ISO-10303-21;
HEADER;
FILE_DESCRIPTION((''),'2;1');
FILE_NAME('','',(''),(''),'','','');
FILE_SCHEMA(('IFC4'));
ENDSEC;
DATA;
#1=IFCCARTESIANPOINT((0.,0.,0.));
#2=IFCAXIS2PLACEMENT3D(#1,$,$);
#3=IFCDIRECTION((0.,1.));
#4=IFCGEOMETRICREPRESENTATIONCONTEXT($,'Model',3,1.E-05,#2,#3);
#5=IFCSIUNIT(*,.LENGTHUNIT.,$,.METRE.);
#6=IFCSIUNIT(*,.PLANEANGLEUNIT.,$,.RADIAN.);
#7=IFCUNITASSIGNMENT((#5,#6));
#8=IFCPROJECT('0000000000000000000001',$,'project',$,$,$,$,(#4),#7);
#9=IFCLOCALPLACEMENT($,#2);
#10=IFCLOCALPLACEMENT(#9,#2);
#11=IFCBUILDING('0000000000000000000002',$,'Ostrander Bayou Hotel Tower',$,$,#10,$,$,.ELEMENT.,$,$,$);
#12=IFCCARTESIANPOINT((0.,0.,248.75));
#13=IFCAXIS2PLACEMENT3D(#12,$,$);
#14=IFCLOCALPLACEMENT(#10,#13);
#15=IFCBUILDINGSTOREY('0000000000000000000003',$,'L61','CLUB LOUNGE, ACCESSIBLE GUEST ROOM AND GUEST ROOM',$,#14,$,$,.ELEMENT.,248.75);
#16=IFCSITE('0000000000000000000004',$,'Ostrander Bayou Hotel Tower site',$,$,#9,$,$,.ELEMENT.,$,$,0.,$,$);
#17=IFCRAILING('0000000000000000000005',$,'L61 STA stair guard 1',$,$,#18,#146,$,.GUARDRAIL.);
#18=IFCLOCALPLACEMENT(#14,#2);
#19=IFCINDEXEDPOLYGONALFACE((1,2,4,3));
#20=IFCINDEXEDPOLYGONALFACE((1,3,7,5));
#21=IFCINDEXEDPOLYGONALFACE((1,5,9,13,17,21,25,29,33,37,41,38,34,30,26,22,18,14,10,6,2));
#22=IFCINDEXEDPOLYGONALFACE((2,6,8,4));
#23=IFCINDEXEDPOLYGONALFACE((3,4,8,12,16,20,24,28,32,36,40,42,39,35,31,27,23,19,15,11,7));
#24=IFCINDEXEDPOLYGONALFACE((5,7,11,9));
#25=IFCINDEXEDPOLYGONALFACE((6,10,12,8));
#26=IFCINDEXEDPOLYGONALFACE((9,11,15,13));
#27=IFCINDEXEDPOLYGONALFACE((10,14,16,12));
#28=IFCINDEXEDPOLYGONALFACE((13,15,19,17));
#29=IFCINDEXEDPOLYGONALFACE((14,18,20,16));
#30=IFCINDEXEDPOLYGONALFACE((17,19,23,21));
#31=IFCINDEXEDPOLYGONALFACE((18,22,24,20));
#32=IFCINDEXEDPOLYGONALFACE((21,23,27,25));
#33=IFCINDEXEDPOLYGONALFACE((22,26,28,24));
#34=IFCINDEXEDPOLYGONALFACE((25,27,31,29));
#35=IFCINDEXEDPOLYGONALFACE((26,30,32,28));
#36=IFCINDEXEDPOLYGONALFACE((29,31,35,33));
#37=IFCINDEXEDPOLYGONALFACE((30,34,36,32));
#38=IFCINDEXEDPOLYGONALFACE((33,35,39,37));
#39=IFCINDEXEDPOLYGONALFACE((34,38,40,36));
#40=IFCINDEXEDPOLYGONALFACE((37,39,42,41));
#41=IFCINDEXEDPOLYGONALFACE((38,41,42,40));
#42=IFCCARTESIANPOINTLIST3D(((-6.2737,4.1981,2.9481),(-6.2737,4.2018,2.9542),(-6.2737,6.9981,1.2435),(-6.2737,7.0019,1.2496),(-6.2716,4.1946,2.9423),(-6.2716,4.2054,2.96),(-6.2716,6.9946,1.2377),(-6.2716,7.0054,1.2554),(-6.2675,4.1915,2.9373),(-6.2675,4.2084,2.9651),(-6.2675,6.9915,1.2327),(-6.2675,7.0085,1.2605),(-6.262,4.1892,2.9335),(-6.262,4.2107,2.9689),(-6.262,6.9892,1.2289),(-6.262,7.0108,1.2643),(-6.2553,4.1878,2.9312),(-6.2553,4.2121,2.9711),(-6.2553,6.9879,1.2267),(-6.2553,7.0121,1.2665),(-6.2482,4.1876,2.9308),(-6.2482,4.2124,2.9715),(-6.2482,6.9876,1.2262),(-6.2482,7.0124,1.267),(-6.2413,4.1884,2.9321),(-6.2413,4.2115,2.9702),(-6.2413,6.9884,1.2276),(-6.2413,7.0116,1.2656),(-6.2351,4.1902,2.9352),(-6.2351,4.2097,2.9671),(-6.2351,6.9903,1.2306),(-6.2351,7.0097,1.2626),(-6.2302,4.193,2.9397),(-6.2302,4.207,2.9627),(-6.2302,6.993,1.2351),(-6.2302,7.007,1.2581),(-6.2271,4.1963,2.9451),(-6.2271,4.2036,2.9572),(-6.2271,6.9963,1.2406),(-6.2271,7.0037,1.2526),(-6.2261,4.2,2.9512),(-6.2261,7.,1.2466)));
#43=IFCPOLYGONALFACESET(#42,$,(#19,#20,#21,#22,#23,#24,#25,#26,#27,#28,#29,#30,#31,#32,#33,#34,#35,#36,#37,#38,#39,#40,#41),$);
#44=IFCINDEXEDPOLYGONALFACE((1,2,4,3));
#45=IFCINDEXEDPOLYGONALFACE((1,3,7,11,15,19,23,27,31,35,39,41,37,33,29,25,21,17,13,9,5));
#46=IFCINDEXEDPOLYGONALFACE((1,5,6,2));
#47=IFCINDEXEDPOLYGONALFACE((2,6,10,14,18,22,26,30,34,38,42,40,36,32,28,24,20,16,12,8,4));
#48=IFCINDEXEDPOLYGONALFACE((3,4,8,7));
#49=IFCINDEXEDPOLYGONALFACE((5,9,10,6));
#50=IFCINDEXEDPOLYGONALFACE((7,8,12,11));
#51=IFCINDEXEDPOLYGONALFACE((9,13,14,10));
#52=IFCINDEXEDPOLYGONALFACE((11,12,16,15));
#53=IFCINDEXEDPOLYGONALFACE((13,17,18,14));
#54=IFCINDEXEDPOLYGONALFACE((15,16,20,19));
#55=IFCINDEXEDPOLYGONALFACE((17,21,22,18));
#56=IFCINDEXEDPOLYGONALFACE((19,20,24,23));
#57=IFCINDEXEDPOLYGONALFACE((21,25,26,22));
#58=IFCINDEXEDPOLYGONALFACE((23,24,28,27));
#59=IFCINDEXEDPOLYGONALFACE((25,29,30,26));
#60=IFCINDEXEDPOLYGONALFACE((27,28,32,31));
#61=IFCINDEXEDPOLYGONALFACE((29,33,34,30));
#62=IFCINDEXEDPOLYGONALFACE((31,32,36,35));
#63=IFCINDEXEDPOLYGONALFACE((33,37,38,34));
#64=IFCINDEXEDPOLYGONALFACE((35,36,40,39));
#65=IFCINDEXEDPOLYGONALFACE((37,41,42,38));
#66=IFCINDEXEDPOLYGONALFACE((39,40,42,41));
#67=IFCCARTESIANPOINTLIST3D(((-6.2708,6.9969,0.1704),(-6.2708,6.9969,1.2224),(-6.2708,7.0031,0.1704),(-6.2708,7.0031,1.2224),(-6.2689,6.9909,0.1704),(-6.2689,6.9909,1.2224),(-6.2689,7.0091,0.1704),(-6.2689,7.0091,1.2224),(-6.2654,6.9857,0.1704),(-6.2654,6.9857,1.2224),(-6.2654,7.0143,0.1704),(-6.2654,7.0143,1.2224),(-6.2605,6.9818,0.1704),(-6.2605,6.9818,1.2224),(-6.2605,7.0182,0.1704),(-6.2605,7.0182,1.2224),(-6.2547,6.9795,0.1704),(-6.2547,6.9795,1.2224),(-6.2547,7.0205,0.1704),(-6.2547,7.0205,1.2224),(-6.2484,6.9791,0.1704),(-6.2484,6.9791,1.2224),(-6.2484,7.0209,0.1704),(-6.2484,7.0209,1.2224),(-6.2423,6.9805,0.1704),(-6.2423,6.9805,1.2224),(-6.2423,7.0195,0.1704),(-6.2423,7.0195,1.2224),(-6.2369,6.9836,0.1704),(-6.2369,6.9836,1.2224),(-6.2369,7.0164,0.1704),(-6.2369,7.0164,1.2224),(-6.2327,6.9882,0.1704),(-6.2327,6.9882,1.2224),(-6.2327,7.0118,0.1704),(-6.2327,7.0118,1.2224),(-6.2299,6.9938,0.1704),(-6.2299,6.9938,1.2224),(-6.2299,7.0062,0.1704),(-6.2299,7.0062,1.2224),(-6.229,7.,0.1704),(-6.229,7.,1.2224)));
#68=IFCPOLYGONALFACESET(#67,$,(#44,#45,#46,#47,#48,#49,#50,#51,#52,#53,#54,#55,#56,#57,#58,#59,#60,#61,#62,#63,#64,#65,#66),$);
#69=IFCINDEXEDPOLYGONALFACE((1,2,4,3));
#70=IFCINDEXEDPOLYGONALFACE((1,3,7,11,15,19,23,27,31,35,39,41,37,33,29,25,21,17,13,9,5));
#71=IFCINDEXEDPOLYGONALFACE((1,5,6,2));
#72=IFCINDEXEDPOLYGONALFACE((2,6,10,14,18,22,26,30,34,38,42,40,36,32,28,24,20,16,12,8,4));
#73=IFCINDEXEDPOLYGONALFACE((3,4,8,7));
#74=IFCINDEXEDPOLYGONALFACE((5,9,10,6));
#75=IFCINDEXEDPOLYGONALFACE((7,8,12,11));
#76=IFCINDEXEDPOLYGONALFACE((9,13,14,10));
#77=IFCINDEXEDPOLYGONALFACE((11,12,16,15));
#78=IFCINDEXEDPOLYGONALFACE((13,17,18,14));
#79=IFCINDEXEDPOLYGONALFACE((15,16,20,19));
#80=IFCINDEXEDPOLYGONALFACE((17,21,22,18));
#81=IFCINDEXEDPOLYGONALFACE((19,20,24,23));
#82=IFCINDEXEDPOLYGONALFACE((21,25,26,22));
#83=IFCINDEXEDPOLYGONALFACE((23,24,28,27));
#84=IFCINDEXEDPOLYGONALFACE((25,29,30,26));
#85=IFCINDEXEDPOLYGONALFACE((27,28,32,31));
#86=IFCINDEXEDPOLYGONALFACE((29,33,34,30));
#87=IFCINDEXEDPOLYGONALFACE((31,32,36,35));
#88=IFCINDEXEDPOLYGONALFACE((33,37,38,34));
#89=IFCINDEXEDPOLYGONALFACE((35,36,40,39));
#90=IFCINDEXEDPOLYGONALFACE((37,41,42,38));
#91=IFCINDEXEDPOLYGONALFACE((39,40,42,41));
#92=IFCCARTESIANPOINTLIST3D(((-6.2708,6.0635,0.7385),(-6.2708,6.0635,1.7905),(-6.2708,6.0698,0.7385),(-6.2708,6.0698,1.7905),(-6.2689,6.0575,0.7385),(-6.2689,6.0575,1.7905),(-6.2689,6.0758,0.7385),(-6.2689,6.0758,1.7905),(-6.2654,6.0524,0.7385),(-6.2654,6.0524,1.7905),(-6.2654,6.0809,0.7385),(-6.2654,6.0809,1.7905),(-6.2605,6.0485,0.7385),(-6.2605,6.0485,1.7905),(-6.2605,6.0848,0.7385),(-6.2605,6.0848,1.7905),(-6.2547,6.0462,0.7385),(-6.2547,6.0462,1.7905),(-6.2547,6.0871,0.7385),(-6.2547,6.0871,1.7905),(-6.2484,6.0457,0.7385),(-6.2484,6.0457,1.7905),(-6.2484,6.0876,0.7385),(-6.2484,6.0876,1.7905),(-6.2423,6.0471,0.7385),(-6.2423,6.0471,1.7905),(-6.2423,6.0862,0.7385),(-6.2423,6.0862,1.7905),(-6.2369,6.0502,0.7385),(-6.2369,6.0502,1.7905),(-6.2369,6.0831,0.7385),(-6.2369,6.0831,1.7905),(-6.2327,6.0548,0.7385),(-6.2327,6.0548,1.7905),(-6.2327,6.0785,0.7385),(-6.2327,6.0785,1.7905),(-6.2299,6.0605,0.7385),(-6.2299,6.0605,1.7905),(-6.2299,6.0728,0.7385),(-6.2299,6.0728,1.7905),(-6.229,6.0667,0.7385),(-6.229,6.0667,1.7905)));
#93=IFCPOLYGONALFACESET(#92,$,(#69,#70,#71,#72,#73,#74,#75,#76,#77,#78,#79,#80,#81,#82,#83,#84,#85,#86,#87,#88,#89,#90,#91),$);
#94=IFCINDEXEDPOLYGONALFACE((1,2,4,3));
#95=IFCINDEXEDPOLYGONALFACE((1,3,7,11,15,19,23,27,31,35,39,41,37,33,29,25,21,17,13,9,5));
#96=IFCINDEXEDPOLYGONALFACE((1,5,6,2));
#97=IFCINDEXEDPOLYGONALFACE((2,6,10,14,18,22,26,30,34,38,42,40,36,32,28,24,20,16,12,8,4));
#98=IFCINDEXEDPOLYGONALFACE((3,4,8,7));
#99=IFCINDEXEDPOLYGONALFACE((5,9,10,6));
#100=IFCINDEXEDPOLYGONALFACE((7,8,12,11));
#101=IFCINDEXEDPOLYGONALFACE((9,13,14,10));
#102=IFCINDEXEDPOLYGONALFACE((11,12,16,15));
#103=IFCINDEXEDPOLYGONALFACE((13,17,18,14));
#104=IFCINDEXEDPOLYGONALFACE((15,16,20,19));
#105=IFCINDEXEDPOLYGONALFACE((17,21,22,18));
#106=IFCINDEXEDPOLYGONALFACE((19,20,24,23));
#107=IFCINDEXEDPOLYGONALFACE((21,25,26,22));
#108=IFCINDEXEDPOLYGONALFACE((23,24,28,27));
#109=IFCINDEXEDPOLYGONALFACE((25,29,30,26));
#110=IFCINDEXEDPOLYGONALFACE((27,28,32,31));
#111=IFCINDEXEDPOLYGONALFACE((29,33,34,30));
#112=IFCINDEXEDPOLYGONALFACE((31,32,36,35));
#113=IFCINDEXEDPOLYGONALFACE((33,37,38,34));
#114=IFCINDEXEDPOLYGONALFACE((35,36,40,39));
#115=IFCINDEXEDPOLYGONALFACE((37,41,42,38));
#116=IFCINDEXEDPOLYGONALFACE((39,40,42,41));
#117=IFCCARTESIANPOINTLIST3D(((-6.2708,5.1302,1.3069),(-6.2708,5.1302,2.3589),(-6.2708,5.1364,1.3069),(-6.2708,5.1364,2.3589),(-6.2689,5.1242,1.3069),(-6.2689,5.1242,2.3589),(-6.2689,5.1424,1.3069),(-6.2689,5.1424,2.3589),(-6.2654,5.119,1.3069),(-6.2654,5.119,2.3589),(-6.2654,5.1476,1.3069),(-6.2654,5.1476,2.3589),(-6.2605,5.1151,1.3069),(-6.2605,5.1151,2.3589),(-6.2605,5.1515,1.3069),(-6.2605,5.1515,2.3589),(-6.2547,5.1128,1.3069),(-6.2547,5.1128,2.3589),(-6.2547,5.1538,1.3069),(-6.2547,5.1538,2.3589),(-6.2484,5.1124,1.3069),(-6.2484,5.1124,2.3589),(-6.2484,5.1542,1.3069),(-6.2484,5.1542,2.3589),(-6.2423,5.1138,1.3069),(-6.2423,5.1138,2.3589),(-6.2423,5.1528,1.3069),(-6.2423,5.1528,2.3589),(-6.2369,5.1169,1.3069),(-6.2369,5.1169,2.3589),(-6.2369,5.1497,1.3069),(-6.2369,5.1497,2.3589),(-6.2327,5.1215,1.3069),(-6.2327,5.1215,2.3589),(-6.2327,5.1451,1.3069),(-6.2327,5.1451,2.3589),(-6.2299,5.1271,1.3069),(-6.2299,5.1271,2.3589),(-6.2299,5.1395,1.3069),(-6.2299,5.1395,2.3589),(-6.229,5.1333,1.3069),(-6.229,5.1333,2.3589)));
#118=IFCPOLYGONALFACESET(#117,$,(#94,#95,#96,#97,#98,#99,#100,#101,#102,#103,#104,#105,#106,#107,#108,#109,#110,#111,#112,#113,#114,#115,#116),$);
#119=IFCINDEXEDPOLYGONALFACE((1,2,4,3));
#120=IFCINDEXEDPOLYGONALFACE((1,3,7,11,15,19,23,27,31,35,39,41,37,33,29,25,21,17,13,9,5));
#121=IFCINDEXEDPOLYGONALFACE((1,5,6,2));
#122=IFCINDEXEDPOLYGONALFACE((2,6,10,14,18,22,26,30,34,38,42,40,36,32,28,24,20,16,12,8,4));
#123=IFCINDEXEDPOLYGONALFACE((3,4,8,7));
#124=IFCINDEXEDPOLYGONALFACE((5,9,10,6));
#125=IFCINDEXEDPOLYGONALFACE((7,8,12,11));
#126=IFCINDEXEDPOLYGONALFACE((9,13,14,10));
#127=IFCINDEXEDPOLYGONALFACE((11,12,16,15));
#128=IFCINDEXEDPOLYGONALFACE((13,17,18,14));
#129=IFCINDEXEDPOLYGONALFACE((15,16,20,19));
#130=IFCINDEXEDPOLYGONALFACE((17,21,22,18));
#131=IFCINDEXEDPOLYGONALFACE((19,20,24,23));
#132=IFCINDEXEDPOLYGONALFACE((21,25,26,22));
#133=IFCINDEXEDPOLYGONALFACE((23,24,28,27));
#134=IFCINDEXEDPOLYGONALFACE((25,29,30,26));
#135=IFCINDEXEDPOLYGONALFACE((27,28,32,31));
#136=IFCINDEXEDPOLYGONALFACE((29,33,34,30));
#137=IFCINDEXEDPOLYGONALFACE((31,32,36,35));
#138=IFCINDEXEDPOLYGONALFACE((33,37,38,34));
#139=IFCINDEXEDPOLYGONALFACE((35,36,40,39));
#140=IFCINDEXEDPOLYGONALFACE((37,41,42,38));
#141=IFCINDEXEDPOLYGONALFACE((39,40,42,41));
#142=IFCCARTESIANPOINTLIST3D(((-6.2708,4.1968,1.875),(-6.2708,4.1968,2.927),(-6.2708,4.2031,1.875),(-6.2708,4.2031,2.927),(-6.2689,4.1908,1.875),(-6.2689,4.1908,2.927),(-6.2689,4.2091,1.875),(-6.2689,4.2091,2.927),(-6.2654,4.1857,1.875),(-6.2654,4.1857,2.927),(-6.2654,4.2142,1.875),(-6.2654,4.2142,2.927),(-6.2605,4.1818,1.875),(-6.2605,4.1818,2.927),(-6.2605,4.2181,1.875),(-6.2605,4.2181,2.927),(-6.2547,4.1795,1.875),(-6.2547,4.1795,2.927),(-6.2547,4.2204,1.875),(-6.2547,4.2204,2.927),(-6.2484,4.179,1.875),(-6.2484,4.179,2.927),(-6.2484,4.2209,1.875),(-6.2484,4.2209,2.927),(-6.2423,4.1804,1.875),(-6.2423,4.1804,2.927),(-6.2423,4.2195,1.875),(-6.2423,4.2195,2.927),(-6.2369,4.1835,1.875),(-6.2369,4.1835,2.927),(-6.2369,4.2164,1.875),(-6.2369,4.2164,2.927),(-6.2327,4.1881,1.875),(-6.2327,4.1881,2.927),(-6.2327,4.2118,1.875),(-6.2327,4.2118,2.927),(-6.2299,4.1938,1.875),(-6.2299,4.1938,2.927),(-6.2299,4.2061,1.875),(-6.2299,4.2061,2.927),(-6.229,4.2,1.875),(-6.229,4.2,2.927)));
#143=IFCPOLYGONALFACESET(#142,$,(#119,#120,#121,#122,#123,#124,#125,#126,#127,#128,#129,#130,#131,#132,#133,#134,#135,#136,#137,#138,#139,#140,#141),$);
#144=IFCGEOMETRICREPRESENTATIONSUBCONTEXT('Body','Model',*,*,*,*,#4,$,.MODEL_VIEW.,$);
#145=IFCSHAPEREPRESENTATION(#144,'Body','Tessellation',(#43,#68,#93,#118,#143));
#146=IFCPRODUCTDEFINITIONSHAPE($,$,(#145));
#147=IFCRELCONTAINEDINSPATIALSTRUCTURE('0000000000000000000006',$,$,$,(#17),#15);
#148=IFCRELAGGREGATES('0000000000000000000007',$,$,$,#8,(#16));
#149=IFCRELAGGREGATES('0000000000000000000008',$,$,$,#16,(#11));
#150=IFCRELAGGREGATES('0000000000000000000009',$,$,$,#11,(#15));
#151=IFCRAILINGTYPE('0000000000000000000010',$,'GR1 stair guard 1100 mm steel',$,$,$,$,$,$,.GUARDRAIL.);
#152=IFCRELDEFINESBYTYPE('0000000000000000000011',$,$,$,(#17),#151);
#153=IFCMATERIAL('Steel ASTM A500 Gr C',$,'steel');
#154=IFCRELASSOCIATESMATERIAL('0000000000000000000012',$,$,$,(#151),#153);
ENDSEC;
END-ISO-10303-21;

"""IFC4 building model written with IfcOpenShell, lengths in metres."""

from ifc_helpers import new_model, si_unit, direction, frame, origin, origin_2d, place, context, subcontext, project, spatial, circle, extrude, material, type_object, element, save


model = new_model("IFC4")

# Units and contexts
model_context = context("Model", 3, precision=1e-05, world=origin(), true_north=direction((0.0, 1.0)))
body_context = subcontext(model_context, "Body", "Model", "MODEL_VIEW")
ifc_project = project(units=[si_unit("LENGTHUNIT", "METRE"), si_unit("PLANEANGLEUNIT", "RADIAN")], contexts=[model_context])

# Site, building, storey
site_placement = place(None, origin())
site = spatial("IfcSite", under=ifc_project, at=site_placement, Name="Ostrander Bayou Hotel Tower site", CompositionType="ELEMENT", RefElevation=0.0)
building_placement = place(site_placement, origin())
building = spatial("IfcBuilding", under=site, at=building_placement, Name="Ostrander Bayou Hotel Tower", CompositionType="ELEMENT")
storey_placement = place(building_placement, frame((0.0, 0.0, 248.75)))
storey = spatial("IfcBuildingStorey", under=building, at=storey_placement, Name="L61", Description="CLUB LOUNGE, ACCESSIBLE GUEST ROOM AND GUEST ROOM", CompositionType="ELEMENT", Elevation=248.75)

# Railing
ifc_material_1 = material(Name="Steel ASTM A500 Gr C", Category="steel")
railing_type = type_object("IfcRailingType", Name="GR1 stair guard 1100 mm steel", PredefinedType="GUARDRAIL", material=ifc_material_1)
railing_1_placement = place(storey_placement, frame((-6.25, 7.0, 0.1704)))
element("IfcRailing", 1, at=railing_1_placement, inside=storey, type_object=railing_type, Name="L61 STA stair guard 1", PredefinedType="GUARDRAIL", context=body_context, shape_type="SweptSolid", body=[
    extrude(circle(Radius=0.0239, at=origin_2d()), frame((0.0, 0.0, 1.0762), z_axis=(0.0, -0.85417, 0.519994), x_axis=(1.0, 0.0, 0.0)), (0.0, 0.0, 1.0), 3.2781),
    extrude(circle(Radius=0.021, at=origin_2d()), origin(), (0.0, 0.0, 1.0), 1.052),
    extrude(circle(Radius=0.021, at=origin_2d()), frame((0.0, -0.9333, 0.5681)), (0.0, 0.0, 1.0), 1.052),
    extrude(circle(Radius=0.021, at=origin_2d()), frame((0.0, -1.8667, 1.1365)), (0.0, 0.0, 1.0), 1.052),
    extrude(circle(Radius=0.021, at=origin_2d()), frame((0.0, -2.8, 1.7046)), (0.0, 0.0, 1.0), 1.052),
])

save(model, "model.ifc")
